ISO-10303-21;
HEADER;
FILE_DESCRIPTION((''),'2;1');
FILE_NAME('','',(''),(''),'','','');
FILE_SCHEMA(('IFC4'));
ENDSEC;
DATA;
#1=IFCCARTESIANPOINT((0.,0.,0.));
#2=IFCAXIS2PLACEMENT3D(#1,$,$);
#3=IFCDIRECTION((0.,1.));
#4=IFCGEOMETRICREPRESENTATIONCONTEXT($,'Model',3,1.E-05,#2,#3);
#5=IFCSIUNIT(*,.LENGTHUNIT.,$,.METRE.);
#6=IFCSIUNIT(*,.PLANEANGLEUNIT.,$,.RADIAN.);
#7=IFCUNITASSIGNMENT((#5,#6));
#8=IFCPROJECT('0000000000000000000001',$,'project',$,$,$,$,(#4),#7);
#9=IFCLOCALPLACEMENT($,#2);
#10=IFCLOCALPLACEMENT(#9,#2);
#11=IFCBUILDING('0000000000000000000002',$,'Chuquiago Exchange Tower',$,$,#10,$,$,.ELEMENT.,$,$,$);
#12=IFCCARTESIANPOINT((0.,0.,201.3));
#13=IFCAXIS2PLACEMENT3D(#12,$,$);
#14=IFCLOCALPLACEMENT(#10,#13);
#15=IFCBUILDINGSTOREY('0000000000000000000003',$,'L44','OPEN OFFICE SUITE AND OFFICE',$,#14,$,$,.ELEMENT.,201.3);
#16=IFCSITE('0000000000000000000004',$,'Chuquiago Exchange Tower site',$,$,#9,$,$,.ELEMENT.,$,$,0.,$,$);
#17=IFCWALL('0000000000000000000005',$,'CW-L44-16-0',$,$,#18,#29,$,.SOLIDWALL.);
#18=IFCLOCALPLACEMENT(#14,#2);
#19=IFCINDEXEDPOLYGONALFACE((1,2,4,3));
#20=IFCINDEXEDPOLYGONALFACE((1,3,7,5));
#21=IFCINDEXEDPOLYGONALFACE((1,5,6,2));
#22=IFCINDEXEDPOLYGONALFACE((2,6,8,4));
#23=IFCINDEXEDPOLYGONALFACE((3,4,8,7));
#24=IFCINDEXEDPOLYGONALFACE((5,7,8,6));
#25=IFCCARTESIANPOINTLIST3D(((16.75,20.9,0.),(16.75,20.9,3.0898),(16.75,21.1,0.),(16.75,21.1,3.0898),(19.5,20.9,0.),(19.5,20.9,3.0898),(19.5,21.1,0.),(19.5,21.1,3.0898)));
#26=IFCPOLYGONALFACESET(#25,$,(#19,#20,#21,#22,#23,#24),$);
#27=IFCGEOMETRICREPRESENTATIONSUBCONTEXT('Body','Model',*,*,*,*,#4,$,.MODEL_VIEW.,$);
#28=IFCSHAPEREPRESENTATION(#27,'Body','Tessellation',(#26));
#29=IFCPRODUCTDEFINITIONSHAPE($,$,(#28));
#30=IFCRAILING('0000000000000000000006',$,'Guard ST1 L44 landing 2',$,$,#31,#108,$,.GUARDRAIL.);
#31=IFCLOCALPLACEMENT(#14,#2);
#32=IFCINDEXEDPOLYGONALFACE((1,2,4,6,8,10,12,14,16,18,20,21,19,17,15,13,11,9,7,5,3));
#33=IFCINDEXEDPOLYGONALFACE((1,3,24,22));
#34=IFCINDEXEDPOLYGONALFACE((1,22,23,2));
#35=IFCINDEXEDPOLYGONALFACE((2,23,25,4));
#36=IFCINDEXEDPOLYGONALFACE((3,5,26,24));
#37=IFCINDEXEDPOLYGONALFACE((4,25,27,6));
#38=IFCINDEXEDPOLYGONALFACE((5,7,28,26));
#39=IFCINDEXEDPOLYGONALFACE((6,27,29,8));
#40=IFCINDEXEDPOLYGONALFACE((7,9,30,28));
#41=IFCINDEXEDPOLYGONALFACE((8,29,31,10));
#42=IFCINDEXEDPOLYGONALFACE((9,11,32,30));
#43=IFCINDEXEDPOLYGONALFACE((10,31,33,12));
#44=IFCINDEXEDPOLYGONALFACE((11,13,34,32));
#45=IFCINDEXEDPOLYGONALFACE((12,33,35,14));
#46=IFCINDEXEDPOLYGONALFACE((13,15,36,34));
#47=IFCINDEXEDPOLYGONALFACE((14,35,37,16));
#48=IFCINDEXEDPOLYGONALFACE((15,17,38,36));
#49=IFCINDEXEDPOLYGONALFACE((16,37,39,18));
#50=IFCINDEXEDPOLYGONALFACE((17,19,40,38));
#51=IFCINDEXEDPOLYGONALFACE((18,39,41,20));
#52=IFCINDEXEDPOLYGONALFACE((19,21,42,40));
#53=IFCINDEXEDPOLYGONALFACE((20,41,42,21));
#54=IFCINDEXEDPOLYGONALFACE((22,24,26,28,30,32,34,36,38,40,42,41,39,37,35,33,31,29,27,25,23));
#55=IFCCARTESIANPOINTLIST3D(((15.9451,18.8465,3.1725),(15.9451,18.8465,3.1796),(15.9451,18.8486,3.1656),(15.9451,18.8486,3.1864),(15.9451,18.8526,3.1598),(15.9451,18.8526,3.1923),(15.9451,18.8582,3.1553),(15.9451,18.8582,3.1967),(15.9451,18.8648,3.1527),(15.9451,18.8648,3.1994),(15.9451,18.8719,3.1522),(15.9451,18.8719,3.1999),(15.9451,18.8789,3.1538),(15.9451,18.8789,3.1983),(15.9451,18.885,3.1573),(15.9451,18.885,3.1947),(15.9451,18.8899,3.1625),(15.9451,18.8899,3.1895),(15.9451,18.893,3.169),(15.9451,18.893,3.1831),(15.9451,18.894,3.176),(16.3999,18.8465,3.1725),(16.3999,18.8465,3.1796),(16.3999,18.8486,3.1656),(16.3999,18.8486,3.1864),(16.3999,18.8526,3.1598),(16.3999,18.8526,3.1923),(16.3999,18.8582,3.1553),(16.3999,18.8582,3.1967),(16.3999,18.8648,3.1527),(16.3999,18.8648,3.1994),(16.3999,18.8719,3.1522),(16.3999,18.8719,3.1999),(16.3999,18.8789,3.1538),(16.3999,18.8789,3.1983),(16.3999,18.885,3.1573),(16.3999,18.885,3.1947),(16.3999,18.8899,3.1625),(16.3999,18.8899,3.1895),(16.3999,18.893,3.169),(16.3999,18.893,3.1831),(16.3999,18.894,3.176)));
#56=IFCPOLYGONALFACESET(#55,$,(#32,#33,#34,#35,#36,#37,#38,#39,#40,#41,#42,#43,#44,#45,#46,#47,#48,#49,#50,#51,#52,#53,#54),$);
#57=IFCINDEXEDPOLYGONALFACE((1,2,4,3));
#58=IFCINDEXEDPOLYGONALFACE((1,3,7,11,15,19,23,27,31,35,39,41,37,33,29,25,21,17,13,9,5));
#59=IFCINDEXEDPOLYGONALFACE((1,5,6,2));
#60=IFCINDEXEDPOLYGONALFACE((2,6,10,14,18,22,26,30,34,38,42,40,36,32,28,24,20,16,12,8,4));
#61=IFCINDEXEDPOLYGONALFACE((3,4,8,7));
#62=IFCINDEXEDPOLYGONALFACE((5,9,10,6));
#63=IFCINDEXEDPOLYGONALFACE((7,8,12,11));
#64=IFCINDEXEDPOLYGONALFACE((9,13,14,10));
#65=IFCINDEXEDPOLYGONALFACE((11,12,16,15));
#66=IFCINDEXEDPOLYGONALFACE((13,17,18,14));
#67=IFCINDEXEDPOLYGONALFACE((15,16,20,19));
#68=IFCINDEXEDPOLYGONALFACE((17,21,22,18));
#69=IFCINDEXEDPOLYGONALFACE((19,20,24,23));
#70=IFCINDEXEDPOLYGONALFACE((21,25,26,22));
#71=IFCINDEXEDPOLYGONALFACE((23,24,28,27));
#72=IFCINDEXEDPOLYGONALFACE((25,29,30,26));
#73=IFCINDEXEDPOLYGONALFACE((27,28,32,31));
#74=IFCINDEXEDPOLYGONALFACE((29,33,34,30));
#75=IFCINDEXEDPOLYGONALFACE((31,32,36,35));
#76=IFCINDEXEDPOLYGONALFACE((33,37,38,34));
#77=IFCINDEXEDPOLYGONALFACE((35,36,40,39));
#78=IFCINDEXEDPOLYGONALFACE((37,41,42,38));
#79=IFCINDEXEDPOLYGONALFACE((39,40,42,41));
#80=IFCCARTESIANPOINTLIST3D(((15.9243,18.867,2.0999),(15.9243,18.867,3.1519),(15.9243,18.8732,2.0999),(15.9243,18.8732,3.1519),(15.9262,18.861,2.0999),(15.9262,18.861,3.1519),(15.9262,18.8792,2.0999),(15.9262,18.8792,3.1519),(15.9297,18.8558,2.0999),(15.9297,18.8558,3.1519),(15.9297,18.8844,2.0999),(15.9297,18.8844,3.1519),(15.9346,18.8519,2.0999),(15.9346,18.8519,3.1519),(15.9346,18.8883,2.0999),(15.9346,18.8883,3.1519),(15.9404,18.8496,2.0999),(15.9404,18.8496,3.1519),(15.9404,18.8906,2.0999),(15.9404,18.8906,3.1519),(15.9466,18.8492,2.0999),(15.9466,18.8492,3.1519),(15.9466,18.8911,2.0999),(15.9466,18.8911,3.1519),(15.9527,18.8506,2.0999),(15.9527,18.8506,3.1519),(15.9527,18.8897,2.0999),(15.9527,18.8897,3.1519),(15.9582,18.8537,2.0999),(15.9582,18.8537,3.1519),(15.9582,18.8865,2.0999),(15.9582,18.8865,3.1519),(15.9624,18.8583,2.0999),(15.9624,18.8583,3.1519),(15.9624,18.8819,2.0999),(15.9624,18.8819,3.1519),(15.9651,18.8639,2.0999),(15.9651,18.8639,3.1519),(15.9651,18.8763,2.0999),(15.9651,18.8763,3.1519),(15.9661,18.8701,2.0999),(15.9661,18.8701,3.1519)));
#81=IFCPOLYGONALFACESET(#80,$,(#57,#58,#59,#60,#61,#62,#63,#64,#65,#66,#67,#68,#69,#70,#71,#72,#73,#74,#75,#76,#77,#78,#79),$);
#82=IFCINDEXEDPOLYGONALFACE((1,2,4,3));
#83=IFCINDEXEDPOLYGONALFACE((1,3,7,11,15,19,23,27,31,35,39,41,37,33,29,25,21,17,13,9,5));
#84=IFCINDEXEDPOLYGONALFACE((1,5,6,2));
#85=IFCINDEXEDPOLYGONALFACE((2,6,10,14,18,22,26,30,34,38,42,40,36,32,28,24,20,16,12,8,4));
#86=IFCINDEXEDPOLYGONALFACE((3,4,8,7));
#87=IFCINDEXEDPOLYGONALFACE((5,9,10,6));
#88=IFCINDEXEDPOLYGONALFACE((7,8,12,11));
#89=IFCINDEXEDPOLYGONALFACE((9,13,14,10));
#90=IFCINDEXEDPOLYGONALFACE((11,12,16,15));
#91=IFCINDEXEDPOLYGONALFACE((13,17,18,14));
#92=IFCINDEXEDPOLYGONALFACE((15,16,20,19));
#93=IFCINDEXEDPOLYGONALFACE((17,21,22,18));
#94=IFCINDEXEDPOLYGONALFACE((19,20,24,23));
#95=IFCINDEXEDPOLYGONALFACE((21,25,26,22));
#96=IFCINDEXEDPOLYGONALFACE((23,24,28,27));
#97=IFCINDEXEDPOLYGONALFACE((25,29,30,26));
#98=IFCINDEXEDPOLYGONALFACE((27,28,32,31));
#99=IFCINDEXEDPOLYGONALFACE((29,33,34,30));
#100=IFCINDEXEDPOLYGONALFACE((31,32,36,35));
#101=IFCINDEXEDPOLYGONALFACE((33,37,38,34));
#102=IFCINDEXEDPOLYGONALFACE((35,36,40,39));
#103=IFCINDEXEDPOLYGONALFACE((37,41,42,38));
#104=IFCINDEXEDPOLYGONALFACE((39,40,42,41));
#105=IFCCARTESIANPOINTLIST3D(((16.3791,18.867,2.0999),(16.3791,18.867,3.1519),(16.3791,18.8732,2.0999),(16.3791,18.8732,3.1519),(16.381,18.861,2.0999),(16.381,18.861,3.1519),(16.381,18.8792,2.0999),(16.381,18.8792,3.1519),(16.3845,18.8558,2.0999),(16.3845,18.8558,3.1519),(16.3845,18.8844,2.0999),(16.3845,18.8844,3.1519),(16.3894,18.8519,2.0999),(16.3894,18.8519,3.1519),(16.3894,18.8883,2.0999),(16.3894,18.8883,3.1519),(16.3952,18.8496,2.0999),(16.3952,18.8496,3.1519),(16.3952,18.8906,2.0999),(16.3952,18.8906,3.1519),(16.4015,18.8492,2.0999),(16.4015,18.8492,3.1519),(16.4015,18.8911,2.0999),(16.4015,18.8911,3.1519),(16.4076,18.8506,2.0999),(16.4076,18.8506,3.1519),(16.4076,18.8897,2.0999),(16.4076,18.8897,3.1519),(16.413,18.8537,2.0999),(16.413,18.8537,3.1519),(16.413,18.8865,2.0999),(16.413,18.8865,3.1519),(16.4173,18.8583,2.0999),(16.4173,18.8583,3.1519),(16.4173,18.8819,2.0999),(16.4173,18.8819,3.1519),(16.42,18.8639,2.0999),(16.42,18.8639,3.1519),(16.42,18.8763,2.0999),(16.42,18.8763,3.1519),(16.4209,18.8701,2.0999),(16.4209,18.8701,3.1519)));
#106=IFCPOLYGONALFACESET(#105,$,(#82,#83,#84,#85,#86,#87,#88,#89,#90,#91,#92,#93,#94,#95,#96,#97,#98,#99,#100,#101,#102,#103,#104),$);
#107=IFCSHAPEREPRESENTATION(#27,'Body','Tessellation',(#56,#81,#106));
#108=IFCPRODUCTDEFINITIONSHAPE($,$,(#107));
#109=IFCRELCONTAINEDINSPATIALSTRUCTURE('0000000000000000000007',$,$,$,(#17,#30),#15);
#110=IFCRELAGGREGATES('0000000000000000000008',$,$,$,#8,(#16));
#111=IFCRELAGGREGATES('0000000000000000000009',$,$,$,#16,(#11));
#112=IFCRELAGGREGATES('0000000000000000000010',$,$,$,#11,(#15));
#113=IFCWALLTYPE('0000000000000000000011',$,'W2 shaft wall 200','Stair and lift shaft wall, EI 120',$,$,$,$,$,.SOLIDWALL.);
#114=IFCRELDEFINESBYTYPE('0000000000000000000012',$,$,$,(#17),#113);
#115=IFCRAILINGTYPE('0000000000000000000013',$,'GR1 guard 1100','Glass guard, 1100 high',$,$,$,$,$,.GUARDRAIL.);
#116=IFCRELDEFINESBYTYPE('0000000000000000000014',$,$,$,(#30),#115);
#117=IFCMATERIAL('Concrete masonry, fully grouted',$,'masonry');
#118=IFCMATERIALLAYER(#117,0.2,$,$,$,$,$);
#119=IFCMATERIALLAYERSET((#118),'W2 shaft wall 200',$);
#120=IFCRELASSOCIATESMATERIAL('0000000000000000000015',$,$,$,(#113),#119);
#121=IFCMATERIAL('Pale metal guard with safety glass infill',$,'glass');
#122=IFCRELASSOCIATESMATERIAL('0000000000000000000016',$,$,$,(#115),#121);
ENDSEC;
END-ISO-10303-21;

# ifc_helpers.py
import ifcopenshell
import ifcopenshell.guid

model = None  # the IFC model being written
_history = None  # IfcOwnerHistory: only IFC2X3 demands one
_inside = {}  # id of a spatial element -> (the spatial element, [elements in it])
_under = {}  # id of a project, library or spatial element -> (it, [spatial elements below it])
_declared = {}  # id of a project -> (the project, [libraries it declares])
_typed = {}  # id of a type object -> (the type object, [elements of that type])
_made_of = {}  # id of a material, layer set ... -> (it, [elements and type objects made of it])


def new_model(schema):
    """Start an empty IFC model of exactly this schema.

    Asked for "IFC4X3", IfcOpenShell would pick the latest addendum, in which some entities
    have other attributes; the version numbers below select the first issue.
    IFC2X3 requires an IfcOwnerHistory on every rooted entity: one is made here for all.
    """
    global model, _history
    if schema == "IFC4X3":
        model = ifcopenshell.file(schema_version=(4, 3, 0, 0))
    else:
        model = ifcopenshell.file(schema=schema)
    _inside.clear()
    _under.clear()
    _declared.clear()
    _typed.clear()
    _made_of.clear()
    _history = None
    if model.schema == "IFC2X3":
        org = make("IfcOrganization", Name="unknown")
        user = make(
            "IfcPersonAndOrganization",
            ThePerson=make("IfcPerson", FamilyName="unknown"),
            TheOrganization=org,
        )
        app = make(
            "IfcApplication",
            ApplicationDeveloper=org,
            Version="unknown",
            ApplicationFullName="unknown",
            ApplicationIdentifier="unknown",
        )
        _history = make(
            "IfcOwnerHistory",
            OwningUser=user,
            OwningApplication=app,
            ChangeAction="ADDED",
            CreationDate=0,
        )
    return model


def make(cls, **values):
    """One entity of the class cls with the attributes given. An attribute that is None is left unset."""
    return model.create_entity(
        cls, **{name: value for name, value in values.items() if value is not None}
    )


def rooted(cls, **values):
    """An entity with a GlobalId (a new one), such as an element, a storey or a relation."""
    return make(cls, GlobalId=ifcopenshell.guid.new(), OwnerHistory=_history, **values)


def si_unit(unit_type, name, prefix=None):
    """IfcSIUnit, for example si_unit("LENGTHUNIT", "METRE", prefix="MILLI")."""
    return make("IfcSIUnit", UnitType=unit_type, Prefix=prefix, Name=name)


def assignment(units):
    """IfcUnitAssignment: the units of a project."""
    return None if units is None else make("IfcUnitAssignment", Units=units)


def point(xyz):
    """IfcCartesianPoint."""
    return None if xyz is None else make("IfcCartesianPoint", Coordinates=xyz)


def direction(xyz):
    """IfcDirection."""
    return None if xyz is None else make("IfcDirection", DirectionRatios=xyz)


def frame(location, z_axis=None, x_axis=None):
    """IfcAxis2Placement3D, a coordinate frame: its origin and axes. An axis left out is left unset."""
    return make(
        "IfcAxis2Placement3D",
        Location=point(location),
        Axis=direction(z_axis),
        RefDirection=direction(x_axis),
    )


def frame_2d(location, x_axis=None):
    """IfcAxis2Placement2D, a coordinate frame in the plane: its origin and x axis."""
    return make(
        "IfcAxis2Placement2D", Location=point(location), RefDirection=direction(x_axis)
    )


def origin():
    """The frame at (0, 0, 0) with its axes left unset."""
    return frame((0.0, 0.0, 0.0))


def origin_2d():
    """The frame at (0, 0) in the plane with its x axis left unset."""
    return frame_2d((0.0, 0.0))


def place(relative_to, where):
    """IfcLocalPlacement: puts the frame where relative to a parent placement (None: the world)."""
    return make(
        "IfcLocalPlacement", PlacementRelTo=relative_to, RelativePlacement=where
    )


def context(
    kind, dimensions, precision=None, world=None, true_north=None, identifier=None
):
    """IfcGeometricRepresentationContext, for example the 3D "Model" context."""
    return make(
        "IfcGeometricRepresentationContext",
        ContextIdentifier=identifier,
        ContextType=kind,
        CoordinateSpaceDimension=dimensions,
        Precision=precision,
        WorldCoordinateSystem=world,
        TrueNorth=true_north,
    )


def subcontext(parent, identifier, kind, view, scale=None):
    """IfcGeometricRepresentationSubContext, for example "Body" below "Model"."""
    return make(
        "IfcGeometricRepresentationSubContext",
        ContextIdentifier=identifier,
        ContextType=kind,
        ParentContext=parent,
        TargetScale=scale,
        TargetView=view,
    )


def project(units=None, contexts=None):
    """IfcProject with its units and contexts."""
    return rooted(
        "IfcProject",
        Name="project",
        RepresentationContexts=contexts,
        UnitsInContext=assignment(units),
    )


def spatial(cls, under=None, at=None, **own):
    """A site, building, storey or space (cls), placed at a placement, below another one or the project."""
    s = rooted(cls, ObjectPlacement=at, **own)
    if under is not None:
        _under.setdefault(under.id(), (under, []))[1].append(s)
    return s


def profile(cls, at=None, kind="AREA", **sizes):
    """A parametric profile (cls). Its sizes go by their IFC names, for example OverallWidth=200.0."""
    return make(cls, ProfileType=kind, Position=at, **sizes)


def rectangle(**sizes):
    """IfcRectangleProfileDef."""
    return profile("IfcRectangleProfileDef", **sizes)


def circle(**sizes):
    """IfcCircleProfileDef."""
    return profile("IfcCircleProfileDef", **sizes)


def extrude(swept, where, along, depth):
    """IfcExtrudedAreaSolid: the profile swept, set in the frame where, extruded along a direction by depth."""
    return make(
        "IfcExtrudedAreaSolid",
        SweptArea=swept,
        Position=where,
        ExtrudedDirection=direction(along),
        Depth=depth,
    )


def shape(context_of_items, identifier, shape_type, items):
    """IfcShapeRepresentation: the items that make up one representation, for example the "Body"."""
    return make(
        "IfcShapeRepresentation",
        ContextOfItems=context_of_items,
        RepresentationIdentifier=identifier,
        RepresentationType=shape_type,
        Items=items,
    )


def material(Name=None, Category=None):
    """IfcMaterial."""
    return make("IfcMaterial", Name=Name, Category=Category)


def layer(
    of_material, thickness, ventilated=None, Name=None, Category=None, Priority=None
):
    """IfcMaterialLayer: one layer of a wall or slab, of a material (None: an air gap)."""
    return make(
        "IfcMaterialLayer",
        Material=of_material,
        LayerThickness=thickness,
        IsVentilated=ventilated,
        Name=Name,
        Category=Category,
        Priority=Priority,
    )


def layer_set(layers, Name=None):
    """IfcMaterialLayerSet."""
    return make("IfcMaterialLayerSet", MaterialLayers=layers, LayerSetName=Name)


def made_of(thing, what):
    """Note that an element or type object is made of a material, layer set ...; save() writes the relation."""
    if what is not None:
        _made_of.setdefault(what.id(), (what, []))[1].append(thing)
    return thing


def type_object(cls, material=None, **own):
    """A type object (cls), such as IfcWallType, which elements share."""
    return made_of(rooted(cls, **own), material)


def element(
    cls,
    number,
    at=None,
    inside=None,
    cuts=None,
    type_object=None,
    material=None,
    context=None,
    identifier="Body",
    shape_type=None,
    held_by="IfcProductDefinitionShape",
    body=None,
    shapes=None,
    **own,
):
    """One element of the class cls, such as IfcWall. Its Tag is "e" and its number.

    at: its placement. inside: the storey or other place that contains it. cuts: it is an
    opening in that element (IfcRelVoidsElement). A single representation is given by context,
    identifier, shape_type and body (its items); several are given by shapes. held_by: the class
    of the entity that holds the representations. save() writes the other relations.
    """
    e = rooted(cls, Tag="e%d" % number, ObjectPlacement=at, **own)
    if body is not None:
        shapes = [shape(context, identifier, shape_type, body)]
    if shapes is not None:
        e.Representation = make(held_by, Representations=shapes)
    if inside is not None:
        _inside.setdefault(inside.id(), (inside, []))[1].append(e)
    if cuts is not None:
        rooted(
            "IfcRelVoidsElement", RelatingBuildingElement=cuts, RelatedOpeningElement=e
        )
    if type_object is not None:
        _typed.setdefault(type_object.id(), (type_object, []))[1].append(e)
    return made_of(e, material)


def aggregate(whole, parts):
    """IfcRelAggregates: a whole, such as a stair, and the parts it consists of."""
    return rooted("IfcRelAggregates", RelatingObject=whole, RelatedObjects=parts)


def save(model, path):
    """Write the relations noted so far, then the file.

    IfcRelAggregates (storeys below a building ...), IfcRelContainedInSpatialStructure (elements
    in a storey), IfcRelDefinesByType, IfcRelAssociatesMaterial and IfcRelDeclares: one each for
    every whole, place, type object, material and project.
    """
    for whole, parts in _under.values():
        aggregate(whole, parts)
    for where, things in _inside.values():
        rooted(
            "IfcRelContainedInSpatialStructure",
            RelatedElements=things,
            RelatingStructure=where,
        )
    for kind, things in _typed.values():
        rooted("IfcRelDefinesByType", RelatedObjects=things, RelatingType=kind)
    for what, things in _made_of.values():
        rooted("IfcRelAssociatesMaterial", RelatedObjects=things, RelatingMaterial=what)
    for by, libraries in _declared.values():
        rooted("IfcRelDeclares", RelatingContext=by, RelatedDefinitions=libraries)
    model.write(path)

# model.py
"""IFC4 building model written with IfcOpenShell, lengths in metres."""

from ifc_helpers import new_model, si_unit, direction, frame, frame_2d, origin, origin_2d, place, context, subcontext, project, spatial, rectangle, circle, extrude, material, layer, layer_set, type_object, element, save


model = new_model("IFC4")

# Units and contexts
model_context = context("Model", 3, precision=1e-05, world=origin(), true_north=direction((0.0, 1.0)))
body_context = subcontext(model_context, "Body", "Model", "MODEL_VIEW")
ifc_project = project(units=[si_unit("LENGTHUNIT", "METRE"), si_unit("PLANEANGLEUNIT", "RADIAN")], contexts=[model_context])

# Site, building, storey
site_placement = place(None, origin())
site = spatial("IfcSite", under=ifc_project, at=site_placement, Name="Chuquiago Exchange Tower site", CompositionType="ELEMENT", RefElevation=0.0)
building_placement = place(site_placement, origin())
building = spatial("IfcBuilding", under=site, at=building_placement, Name="Chuquiago Exchange Tower", CompositionType="ELEMENT")
storey_placement = place(building_placement, frame((0.0, 0.0, 201.3)))
storey = spatial("IfcBuildingStorey", under=building, at=storey_placement, Name="L44", Description="OPEN OFFICE SUITE AND OFFICE", CompositionType="ELEMENT", Elevation=201.3)

# Wall
ifc_material_1 = material(Name="Concrete masonry, fully grouted", Category="masonry")
ifc_layer = layer(ifc_material_1, 0.2)
ifc_layer_set = layer_set([ifc_layer], Name="W2 shaft wall 200")
wall_type = type_object("IfcWallType", Name="W2 shaft wall 200", Description="Stair and lift shaft wall, EI 120", PredefinedType="SOLIDWALL", material=ifc_layer_set)
wall_1_placement = place(storey_placement, frame((16.75, 21.0, 0.0), z_axis=(0.0, 0.0, 1.0), x_axis=(1.0, 0.0, 0.0)))
element("IfcWall", 1, at=wall_1_placement, inside=storey, type_object=wall_type, Name="CW-L44-16-0", PredefinedType="SOLIDWALL", context=body_context, shape_type="SweptSolid", body=[
    extrude(rectangle(XDim=2.75, YDim=0.2, at=frame_2d((1.375, 0.0))), origin(), (0.0, 0.0, 1.0), 3.0898),
])

# Railing
ifc_material_2 = material(Name="Pale metal guard with safety glass infill", Category="glass")
railing_type_1 = type_object("IfcRailingType", Name="GR1 guard 1100", Description="Glass guard, 1100 high", PredefinedType="GUARDRAIL", material=ifc_material_2)
railing_placement = place(storey_placement, frame((15.9451, 18.8701, 2.0999)))
element("IfcRailing", 2, at=railing_placement, inside=storey, type_object=railing_type_1, Name="Guard ST1 L44 landing 2", PredefinedType="GUARDRAIL", context=body_context, shape_type="SweptSolid", body=[
    extrude(circle(Radius=0.0239, at=origin_2d()), frame((0.0, 0.0, 1.0762), z_axis=(1.0, 0.0, 0.0), x_axis=(0.0, 1.0, 0.0)), (0.0, 0.0, 1.0), 0.4548),
    extrude(circle(Radius=0.021, at=origin_2d()), origin(), (0.0, 0.0, 1.0), 1.052),
    extrude(circle(Radius=0.021, at=origin_2d()), frame((0.4548, 0.0, 0.0)), (0.0, 0.0, 1.0), 1.052),
])

save(model, "model.ifc")
